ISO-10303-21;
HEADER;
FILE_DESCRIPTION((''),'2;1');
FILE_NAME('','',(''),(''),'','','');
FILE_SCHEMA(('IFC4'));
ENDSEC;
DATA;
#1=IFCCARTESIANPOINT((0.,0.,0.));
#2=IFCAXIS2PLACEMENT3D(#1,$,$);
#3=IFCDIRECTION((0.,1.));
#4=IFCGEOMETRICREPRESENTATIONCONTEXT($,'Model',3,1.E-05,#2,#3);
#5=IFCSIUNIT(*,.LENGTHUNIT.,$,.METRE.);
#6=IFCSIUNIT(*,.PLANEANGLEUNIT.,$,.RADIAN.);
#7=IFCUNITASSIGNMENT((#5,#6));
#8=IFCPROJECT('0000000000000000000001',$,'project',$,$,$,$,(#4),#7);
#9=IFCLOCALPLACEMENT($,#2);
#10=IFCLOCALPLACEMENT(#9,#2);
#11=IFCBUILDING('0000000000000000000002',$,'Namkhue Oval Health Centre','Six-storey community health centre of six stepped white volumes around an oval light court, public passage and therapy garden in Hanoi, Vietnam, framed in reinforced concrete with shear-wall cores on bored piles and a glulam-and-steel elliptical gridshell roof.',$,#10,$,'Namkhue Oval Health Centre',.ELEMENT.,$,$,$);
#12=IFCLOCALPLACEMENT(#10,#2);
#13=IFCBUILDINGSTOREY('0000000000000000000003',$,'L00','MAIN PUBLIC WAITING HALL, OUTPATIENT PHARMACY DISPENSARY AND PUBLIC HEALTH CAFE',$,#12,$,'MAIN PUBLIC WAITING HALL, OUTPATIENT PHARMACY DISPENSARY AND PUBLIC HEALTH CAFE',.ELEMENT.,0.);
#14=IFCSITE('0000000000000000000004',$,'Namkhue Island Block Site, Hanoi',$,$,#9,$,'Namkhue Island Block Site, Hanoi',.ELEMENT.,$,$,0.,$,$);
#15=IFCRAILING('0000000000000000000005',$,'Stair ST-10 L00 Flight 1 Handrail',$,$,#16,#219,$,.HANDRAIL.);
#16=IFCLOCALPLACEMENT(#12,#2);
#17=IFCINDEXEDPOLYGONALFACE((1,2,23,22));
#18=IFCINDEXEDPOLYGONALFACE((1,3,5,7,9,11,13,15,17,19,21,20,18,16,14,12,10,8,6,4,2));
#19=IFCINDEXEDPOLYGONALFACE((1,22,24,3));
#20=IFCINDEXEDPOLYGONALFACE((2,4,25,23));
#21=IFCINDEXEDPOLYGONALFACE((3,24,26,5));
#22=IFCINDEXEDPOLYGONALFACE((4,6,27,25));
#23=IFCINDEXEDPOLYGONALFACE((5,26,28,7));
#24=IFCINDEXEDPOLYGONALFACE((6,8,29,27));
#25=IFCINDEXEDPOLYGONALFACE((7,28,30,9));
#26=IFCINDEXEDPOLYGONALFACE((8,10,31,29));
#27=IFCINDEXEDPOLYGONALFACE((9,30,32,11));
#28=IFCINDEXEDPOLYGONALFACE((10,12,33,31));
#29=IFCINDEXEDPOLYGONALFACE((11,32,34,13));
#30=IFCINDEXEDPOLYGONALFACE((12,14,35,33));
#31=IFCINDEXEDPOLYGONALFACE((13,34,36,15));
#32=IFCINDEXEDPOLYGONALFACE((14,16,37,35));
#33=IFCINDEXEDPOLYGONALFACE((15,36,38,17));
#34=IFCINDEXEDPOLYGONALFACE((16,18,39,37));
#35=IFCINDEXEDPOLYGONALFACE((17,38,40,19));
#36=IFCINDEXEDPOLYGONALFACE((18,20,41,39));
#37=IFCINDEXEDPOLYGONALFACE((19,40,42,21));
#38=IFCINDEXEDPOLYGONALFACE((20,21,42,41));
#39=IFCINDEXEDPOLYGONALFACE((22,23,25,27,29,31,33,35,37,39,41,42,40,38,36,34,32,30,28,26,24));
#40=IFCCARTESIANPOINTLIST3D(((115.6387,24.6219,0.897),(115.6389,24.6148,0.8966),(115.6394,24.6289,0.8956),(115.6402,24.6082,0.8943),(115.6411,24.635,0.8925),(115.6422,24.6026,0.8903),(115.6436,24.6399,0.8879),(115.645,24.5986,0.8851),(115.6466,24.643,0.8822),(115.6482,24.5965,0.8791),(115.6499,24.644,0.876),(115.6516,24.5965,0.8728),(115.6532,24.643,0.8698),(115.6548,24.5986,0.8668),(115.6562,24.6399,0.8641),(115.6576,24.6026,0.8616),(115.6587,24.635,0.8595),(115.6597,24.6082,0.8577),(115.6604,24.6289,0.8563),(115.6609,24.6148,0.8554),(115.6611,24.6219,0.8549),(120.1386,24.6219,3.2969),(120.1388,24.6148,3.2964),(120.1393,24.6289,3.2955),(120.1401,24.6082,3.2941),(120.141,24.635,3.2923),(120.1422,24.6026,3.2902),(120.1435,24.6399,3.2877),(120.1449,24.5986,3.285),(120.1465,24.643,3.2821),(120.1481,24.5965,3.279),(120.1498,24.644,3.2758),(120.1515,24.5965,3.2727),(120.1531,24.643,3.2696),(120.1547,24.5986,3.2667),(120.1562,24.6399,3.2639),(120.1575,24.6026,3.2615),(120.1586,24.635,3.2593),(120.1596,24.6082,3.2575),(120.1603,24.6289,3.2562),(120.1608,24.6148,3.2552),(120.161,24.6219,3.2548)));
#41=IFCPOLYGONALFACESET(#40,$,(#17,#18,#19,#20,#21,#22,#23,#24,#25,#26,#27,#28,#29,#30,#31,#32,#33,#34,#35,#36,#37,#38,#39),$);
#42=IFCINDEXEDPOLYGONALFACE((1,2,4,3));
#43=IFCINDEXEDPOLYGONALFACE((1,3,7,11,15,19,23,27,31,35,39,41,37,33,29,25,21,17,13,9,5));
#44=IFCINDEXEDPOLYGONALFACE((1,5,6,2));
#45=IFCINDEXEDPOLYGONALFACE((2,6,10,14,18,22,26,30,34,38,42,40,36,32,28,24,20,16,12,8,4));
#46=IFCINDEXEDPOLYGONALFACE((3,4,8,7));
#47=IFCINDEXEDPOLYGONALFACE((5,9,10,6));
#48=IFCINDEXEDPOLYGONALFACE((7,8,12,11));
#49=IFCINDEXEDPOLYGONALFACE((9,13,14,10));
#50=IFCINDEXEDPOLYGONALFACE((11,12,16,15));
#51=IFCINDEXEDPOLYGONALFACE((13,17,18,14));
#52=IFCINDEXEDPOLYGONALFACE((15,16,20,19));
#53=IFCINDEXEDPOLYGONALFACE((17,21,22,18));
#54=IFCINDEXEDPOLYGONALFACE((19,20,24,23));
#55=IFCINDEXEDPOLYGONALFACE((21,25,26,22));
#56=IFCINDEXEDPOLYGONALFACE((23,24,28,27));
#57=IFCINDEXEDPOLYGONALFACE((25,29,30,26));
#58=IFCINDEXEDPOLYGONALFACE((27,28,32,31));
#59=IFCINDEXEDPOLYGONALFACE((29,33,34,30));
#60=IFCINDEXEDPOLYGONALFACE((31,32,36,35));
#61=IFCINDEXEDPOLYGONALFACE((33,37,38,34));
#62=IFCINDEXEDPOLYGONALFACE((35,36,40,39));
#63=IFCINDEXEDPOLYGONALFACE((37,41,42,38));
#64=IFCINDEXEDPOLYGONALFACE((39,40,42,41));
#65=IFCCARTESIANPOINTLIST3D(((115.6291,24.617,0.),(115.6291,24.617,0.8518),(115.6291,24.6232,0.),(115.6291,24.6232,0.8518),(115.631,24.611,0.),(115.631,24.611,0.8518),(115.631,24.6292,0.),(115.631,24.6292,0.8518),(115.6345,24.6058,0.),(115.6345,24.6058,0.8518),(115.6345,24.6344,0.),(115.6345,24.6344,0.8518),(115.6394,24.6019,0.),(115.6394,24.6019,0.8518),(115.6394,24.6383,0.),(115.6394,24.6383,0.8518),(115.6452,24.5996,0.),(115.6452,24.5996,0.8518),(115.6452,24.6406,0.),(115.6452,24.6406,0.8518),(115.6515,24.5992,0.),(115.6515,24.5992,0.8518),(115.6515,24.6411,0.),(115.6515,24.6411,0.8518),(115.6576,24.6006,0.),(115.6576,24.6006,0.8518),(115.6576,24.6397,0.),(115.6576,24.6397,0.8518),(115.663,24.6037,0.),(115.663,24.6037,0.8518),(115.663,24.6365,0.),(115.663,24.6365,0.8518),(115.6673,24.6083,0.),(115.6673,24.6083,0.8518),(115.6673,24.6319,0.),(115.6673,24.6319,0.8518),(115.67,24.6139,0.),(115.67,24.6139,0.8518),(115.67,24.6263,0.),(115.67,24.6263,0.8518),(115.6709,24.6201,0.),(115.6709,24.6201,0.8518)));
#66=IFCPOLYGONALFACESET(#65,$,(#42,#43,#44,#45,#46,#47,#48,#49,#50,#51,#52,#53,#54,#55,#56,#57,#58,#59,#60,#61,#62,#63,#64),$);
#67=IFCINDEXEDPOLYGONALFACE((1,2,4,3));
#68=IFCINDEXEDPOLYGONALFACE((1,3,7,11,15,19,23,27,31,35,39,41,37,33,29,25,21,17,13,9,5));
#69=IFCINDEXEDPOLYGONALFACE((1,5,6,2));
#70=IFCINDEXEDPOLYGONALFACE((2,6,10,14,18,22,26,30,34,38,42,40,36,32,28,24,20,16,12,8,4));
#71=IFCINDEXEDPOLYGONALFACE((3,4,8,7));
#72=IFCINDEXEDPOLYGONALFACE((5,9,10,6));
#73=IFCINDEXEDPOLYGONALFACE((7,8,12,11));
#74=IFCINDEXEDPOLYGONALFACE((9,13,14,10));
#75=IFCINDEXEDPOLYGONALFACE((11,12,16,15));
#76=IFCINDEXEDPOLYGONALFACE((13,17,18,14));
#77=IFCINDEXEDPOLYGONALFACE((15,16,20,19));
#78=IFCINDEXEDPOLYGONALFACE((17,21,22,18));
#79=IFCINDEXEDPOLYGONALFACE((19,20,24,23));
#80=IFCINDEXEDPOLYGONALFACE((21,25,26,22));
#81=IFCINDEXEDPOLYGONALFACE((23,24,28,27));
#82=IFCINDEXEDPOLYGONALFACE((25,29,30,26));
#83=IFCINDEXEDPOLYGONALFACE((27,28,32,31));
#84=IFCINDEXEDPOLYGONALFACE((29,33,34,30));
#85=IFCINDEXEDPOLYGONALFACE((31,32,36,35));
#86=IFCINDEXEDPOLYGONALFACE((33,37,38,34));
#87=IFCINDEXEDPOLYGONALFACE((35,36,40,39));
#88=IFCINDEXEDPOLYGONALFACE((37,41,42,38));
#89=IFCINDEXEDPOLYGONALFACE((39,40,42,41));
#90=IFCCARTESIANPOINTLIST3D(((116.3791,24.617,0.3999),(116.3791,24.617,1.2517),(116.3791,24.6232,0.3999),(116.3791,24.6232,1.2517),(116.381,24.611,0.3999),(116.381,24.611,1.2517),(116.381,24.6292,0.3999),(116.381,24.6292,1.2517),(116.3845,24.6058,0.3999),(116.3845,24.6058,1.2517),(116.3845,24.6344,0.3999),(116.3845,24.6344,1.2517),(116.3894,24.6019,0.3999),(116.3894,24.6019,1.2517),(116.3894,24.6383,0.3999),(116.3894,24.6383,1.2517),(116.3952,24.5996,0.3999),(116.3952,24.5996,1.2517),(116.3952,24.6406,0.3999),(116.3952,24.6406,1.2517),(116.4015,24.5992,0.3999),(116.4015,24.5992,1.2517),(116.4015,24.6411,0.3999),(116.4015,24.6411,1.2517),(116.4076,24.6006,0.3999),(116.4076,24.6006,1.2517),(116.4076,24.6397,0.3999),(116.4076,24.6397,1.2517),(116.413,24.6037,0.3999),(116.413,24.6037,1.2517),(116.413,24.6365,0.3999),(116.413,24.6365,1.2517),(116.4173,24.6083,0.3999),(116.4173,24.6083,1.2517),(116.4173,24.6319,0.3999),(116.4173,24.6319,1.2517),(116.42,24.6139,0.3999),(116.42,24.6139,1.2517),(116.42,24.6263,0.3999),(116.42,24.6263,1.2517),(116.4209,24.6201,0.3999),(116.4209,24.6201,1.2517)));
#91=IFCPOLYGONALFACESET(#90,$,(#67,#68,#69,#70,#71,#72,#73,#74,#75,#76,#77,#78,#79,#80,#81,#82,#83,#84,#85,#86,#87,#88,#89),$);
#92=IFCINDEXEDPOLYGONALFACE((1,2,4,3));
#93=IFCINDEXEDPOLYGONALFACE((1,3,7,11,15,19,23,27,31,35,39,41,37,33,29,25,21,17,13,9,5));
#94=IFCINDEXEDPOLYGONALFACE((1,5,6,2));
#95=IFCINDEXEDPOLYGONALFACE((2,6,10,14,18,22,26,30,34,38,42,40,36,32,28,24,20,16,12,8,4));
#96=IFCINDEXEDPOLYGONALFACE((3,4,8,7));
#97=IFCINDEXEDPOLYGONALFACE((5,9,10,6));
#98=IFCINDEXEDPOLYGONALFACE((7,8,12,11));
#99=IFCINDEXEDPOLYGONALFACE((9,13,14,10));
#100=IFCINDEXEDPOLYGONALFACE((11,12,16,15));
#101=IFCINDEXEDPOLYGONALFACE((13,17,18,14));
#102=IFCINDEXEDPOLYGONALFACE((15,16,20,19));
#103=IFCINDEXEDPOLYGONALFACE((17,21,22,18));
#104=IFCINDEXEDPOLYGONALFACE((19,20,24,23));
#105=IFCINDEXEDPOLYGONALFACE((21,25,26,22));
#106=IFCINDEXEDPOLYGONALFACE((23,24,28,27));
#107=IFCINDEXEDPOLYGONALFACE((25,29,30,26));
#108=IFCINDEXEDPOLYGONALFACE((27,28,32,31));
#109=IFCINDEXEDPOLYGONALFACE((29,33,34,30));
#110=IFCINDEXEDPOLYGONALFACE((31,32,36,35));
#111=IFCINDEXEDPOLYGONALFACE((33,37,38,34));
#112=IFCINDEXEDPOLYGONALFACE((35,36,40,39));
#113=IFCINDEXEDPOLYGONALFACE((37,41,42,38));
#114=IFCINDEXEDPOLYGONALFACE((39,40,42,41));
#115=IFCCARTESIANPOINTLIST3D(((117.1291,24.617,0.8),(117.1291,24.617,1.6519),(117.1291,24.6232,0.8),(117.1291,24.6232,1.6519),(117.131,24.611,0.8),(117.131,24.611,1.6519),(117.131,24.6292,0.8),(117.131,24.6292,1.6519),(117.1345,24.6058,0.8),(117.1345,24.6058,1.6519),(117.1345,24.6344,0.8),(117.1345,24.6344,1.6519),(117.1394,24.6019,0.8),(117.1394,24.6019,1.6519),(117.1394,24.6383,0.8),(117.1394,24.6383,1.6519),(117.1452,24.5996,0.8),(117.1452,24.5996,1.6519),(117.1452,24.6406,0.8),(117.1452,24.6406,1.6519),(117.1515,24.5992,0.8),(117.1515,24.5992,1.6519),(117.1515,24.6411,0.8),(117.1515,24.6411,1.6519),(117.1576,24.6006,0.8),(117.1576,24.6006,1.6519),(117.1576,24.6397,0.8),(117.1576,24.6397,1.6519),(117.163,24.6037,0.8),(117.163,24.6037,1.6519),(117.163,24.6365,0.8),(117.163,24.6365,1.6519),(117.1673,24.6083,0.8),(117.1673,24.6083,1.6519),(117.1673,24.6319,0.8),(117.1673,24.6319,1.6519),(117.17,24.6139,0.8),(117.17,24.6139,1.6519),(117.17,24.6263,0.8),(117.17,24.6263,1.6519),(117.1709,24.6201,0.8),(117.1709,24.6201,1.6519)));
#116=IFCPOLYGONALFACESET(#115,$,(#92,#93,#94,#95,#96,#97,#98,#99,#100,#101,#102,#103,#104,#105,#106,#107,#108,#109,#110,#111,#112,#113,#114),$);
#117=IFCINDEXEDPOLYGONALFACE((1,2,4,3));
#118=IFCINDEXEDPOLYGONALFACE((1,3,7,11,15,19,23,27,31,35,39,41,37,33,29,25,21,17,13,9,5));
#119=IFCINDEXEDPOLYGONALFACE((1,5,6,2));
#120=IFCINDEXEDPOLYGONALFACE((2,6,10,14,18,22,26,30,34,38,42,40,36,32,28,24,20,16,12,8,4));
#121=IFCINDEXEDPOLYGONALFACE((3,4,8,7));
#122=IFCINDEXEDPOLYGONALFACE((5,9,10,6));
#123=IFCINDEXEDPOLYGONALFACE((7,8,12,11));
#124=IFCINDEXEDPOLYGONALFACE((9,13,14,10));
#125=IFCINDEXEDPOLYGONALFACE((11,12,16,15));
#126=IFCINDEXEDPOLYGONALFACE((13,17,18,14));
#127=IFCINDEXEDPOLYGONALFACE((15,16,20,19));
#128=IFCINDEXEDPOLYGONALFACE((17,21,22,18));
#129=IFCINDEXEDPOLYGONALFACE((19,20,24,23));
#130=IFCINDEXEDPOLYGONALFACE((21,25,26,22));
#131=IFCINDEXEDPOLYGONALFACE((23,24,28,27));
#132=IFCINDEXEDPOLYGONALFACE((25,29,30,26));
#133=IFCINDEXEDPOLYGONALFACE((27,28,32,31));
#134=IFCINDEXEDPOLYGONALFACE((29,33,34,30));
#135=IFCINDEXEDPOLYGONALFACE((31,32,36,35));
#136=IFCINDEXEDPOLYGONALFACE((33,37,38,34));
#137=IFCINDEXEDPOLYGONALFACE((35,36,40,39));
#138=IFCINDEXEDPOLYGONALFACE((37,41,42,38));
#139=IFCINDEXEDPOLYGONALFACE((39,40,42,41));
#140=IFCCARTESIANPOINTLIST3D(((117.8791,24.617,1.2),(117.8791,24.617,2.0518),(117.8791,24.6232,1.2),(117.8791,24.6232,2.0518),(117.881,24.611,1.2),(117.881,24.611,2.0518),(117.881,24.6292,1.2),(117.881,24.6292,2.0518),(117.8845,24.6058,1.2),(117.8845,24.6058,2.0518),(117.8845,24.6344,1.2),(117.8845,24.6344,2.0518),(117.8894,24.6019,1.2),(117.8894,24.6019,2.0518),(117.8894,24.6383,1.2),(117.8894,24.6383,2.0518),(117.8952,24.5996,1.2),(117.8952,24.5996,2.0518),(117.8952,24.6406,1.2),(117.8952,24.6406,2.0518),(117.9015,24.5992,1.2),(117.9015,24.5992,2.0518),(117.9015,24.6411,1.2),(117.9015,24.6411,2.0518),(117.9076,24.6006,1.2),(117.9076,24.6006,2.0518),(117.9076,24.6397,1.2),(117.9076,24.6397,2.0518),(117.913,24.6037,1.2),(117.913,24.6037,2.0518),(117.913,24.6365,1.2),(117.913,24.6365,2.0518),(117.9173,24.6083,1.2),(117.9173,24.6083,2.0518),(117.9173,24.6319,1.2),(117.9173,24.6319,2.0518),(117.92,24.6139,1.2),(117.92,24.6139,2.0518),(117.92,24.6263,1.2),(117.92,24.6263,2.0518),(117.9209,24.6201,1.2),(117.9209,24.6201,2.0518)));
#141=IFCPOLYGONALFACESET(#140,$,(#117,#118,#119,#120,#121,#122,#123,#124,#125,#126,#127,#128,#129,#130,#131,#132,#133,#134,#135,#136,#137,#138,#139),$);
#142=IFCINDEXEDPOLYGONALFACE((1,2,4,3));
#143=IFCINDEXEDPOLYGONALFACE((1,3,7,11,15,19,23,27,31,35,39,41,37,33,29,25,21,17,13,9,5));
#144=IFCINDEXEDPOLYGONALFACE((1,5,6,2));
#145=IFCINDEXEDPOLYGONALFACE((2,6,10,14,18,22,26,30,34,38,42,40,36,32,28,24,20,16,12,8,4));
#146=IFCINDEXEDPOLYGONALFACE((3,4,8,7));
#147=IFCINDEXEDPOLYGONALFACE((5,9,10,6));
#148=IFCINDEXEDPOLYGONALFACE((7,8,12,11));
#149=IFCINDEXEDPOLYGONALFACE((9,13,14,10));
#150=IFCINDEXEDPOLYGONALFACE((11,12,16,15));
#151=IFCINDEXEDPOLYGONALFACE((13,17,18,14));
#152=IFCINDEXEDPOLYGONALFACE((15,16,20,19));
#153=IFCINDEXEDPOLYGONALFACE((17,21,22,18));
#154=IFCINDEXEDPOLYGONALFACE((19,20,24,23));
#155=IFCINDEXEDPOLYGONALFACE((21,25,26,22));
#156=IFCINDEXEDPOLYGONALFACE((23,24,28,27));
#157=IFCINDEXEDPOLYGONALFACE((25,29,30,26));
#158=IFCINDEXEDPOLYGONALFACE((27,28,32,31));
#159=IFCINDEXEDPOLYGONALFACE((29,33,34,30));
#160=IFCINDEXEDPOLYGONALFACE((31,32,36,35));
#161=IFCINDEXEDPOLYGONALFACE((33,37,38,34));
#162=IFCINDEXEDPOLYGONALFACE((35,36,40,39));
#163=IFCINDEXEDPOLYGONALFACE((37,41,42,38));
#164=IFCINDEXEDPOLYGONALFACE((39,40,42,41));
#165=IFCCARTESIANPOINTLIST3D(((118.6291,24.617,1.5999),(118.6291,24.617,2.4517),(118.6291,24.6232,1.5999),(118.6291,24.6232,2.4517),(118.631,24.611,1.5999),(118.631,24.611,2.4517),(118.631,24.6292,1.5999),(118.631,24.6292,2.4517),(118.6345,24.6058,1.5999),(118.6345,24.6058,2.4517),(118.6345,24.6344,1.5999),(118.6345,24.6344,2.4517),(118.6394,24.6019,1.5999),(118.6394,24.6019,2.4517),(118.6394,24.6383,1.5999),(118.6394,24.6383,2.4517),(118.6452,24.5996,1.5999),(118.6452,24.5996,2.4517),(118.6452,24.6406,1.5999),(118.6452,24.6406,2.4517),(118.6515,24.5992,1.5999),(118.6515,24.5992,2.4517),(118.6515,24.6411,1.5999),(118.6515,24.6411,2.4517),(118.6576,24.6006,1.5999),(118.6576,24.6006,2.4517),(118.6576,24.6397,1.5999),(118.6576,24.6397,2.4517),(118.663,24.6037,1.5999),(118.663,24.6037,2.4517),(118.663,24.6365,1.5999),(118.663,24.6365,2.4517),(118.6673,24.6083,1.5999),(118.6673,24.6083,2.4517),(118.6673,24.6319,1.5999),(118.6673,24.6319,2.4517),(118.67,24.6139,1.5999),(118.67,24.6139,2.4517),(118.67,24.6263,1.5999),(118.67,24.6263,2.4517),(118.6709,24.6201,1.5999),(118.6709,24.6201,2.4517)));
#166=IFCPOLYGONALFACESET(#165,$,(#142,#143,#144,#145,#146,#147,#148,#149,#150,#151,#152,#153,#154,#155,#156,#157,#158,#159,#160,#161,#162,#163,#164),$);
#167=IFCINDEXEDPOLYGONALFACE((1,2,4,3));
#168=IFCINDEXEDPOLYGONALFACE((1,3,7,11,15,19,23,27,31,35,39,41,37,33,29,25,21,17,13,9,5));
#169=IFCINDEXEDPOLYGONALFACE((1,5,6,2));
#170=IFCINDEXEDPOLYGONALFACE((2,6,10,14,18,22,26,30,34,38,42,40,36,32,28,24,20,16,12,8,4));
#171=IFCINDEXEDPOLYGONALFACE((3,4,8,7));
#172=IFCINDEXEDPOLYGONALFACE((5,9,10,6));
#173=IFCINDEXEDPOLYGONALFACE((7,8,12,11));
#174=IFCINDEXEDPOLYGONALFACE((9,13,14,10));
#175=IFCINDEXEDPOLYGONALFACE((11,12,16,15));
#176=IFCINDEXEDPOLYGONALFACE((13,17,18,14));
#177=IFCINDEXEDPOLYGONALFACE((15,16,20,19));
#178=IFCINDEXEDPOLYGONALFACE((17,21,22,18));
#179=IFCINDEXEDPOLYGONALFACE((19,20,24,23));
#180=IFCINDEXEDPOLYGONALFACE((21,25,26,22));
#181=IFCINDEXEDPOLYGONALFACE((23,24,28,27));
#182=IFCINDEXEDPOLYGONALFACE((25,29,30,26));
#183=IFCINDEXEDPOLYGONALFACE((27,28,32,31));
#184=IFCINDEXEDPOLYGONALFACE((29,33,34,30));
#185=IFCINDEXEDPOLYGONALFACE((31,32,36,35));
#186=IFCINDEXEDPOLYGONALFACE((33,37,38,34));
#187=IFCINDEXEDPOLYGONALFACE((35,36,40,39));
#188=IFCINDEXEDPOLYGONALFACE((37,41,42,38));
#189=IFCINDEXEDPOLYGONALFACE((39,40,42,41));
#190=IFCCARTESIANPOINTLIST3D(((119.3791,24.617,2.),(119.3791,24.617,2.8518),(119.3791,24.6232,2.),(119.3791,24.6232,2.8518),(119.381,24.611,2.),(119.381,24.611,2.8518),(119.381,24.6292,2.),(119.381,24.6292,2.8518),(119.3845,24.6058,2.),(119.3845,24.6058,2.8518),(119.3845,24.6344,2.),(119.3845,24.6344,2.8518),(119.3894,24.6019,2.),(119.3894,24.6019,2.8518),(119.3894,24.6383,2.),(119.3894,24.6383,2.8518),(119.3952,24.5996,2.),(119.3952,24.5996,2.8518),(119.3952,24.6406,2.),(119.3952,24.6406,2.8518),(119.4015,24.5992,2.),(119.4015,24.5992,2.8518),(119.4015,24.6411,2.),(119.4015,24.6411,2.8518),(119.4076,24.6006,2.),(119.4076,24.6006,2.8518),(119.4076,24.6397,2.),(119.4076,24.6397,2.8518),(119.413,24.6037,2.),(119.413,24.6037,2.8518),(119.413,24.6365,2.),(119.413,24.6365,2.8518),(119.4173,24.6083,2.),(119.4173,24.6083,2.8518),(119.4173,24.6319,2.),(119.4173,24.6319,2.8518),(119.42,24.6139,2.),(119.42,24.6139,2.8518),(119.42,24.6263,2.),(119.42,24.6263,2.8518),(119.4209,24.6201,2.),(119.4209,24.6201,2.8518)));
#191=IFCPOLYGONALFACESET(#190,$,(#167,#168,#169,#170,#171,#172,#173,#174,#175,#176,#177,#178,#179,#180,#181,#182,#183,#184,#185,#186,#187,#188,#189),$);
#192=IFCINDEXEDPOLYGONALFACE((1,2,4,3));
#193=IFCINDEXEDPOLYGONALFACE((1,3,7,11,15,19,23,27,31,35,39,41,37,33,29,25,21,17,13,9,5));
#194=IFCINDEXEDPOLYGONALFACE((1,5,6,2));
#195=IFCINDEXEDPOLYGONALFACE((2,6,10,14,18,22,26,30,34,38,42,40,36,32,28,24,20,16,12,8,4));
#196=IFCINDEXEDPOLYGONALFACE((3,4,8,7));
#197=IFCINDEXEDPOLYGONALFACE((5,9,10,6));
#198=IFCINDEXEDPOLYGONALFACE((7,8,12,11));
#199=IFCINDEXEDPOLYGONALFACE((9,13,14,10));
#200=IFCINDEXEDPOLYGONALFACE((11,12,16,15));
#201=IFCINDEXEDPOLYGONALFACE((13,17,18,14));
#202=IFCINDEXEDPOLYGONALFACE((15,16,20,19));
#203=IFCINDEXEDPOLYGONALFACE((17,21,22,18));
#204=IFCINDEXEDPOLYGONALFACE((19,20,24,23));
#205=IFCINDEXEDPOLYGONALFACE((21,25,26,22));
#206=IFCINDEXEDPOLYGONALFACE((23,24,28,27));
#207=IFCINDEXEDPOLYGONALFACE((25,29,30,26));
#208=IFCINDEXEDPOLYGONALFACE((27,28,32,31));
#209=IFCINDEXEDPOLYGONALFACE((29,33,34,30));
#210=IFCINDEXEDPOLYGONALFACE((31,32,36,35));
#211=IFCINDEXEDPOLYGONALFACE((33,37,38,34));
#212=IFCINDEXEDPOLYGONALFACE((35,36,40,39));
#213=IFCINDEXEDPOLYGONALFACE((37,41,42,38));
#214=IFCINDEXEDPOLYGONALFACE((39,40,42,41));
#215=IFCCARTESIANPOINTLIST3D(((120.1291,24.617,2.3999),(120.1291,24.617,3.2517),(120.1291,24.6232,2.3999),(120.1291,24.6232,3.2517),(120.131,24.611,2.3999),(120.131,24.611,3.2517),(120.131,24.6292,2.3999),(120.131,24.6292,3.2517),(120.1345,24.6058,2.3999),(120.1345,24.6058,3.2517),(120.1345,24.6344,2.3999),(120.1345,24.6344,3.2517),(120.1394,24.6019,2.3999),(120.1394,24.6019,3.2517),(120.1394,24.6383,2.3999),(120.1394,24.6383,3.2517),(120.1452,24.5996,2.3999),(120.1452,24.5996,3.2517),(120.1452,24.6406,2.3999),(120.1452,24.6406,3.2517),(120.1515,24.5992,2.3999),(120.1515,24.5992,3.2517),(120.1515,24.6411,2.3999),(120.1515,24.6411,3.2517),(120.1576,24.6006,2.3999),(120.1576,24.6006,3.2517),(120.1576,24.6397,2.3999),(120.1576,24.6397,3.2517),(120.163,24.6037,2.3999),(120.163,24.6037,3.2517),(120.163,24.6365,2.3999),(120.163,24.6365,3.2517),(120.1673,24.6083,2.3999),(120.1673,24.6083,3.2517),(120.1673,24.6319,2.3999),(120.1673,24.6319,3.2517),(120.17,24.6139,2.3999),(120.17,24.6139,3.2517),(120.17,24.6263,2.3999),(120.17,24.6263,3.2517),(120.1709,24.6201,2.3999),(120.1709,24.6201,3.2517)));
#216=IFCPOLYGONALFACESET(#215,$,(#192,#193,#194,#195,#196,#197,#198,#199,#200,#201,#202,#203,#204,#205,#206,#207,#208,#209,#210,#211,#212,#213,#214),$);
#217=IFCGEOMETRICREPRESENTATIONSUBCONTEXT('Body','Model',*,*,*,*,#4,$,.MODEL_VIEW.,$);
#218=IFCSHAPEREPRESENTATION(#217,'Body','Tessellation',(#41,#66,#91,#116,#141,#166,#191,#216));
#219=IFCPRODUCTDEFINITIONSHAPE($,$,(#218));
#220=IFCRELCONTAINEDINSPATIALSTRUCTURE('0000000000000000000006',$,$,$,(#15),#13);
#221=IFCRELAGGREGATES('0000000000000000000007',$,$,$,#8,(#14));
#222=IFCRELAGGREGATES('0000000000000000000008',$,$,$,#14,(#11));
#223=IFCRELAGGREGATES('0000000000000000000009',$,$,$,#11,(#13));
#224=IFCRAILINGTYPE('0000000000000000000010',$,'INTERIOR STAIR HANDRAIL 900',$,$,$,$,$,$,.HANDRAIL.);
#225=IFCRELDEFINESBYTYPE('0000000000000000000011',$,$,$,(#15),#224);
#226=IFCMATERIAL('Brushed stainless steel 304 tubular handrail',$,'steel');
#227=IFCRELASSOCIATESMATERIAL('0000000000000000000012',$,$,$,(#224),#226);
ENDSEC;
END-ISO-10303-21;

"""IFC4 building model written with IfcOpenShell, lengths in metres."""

from ifc_helpers import new_model, si_unit, direction, frame, origin, origin_2d, place, context, subcontext, project, spatial, circle, extrude, material, type_object, element, save


model = new_model("IFC4")

# Units and contexts
model_context = context("Model", 3, precision=1e-05, world=origin(), true_north=direction((0.0, 1.0)))
body_context = subcontext(model_context, "Body", "Model", "MODEL_VIEW")
ifc_project = project(units=[si_unit("LENGTHUNIT", "METRE"), si_unit("PLANEANGLEUNIT", "RADIAN")], contexts=[model_context])

# Site, building, storey
site_placement = place(None, origin())
site = spatial("IfcSite", under=ifc_project, at=site_placement, Name="Namkhue Island Block Site, Hanoi", LongName="Namkhue Island Block Site, Hanoi", CompositionType="ELEMENT", RefElevation=0.0)
building_placement = place(site_placement, origin())
building = spatial("IfcBuilding", under=site, at=building_placement, Name="Namkhue Oval Health Centre", Description="Six-storey community health centre of six stepped white volumes around an oval light court, public passage and therapy garden in Hanoi, Vietnam, framed in reinforced concrete with shear-wall cores on bored piles and a glulam-and-steel elliptical gridshell roof.", LongName="Namkhue Oval Health Centre", CompositionType="ELEMENT")
storey_placement = place(building_placement, origin())
storey = spatial("IfcBuildingStorey", under=building, at=storey_placement, Name="L00", Description="MAIN PUBLIC WAITING HALL, OUTPATIENT PHARMACY DISPENSARY AND PUBLIC HEALTH CAFE", LongName="MAIN PUBLIC WAITING HALL, OUTPATIENT PHARMACY DISPENSARY AND PUBLIC HEALTH CAFE", CompositionType="ELEMENT", Elevation=0.0)

# Railing
ifc_material_1 = material(Name="Brushed stainless steel 304 tubular handrail", Category="steel")
railing_type_1 = type_object("IfcRailingType", Name="INTERIOR STAIR HANDRAIL 900", PredefinedType="HANDRAIL", material=ifc_material_1)
railing_1_placement = place(storey_placement, frame((115.6499, 24.6201, 0.0)))
element("IfcRailing", 1, at=railing_1_placement, inside=storey, type_object=railing_type_1, Name="Stair ST-10 L00 Flight 1 Handrail", PredefinedType="HANDRAIL", context=body_context, shape_type="SweptSolid", body=[
    extrude(circle(Radius=0.0239, at=origin_2d()), frame((0.0, 0.0, 0.876), z_axis=(0.882361, 0.0, 0.470573), x_axis=(0.0, 1.0, 0.0)), (0.0, 0.0, 1.0), 5.0999),
    extrude(circle(Radius=0.021, at=origin_2d()), origin(), (0.0, 0.0, 1.0), 0.8518),
    extrude(circle(Radius=0.021, at=origin_2d()), frame((0.75, 0.0, 0.3999)), (0.0, 0.0, 1.0), 0.8518),
    extrude(circle(Radius=0.021, at=origin_2d()), frame((1.5, 0.0, 0.8)), (0.0, 0.0, 1.0), 0.8518),
    extrude(circle(Radius=0.021, at=origin_2d()), frame((2.25, 0.0, 1.2)), (0.0, 0.0, 1.0), 0.8518),
    extrude(circle(Radius=0.021, at=origin_2d()), frame((3.0, 0.0, 1.5999)), (0.0, 0.0, 1.0), 0.8518),
    extrude(circle(Radius=0.021, at=origin_2d()), frame((3.75, 0.0, 2.0)), (0.0, 0.0, 1.0), 0.8518),
    extrude(circle(Radius=0.021, at=origin_2d()), frame((4.5, 0.0, 2.3999)), (0.0, 0.0, 1.0), 0.8518),
])

save(model, "model.ifc")
